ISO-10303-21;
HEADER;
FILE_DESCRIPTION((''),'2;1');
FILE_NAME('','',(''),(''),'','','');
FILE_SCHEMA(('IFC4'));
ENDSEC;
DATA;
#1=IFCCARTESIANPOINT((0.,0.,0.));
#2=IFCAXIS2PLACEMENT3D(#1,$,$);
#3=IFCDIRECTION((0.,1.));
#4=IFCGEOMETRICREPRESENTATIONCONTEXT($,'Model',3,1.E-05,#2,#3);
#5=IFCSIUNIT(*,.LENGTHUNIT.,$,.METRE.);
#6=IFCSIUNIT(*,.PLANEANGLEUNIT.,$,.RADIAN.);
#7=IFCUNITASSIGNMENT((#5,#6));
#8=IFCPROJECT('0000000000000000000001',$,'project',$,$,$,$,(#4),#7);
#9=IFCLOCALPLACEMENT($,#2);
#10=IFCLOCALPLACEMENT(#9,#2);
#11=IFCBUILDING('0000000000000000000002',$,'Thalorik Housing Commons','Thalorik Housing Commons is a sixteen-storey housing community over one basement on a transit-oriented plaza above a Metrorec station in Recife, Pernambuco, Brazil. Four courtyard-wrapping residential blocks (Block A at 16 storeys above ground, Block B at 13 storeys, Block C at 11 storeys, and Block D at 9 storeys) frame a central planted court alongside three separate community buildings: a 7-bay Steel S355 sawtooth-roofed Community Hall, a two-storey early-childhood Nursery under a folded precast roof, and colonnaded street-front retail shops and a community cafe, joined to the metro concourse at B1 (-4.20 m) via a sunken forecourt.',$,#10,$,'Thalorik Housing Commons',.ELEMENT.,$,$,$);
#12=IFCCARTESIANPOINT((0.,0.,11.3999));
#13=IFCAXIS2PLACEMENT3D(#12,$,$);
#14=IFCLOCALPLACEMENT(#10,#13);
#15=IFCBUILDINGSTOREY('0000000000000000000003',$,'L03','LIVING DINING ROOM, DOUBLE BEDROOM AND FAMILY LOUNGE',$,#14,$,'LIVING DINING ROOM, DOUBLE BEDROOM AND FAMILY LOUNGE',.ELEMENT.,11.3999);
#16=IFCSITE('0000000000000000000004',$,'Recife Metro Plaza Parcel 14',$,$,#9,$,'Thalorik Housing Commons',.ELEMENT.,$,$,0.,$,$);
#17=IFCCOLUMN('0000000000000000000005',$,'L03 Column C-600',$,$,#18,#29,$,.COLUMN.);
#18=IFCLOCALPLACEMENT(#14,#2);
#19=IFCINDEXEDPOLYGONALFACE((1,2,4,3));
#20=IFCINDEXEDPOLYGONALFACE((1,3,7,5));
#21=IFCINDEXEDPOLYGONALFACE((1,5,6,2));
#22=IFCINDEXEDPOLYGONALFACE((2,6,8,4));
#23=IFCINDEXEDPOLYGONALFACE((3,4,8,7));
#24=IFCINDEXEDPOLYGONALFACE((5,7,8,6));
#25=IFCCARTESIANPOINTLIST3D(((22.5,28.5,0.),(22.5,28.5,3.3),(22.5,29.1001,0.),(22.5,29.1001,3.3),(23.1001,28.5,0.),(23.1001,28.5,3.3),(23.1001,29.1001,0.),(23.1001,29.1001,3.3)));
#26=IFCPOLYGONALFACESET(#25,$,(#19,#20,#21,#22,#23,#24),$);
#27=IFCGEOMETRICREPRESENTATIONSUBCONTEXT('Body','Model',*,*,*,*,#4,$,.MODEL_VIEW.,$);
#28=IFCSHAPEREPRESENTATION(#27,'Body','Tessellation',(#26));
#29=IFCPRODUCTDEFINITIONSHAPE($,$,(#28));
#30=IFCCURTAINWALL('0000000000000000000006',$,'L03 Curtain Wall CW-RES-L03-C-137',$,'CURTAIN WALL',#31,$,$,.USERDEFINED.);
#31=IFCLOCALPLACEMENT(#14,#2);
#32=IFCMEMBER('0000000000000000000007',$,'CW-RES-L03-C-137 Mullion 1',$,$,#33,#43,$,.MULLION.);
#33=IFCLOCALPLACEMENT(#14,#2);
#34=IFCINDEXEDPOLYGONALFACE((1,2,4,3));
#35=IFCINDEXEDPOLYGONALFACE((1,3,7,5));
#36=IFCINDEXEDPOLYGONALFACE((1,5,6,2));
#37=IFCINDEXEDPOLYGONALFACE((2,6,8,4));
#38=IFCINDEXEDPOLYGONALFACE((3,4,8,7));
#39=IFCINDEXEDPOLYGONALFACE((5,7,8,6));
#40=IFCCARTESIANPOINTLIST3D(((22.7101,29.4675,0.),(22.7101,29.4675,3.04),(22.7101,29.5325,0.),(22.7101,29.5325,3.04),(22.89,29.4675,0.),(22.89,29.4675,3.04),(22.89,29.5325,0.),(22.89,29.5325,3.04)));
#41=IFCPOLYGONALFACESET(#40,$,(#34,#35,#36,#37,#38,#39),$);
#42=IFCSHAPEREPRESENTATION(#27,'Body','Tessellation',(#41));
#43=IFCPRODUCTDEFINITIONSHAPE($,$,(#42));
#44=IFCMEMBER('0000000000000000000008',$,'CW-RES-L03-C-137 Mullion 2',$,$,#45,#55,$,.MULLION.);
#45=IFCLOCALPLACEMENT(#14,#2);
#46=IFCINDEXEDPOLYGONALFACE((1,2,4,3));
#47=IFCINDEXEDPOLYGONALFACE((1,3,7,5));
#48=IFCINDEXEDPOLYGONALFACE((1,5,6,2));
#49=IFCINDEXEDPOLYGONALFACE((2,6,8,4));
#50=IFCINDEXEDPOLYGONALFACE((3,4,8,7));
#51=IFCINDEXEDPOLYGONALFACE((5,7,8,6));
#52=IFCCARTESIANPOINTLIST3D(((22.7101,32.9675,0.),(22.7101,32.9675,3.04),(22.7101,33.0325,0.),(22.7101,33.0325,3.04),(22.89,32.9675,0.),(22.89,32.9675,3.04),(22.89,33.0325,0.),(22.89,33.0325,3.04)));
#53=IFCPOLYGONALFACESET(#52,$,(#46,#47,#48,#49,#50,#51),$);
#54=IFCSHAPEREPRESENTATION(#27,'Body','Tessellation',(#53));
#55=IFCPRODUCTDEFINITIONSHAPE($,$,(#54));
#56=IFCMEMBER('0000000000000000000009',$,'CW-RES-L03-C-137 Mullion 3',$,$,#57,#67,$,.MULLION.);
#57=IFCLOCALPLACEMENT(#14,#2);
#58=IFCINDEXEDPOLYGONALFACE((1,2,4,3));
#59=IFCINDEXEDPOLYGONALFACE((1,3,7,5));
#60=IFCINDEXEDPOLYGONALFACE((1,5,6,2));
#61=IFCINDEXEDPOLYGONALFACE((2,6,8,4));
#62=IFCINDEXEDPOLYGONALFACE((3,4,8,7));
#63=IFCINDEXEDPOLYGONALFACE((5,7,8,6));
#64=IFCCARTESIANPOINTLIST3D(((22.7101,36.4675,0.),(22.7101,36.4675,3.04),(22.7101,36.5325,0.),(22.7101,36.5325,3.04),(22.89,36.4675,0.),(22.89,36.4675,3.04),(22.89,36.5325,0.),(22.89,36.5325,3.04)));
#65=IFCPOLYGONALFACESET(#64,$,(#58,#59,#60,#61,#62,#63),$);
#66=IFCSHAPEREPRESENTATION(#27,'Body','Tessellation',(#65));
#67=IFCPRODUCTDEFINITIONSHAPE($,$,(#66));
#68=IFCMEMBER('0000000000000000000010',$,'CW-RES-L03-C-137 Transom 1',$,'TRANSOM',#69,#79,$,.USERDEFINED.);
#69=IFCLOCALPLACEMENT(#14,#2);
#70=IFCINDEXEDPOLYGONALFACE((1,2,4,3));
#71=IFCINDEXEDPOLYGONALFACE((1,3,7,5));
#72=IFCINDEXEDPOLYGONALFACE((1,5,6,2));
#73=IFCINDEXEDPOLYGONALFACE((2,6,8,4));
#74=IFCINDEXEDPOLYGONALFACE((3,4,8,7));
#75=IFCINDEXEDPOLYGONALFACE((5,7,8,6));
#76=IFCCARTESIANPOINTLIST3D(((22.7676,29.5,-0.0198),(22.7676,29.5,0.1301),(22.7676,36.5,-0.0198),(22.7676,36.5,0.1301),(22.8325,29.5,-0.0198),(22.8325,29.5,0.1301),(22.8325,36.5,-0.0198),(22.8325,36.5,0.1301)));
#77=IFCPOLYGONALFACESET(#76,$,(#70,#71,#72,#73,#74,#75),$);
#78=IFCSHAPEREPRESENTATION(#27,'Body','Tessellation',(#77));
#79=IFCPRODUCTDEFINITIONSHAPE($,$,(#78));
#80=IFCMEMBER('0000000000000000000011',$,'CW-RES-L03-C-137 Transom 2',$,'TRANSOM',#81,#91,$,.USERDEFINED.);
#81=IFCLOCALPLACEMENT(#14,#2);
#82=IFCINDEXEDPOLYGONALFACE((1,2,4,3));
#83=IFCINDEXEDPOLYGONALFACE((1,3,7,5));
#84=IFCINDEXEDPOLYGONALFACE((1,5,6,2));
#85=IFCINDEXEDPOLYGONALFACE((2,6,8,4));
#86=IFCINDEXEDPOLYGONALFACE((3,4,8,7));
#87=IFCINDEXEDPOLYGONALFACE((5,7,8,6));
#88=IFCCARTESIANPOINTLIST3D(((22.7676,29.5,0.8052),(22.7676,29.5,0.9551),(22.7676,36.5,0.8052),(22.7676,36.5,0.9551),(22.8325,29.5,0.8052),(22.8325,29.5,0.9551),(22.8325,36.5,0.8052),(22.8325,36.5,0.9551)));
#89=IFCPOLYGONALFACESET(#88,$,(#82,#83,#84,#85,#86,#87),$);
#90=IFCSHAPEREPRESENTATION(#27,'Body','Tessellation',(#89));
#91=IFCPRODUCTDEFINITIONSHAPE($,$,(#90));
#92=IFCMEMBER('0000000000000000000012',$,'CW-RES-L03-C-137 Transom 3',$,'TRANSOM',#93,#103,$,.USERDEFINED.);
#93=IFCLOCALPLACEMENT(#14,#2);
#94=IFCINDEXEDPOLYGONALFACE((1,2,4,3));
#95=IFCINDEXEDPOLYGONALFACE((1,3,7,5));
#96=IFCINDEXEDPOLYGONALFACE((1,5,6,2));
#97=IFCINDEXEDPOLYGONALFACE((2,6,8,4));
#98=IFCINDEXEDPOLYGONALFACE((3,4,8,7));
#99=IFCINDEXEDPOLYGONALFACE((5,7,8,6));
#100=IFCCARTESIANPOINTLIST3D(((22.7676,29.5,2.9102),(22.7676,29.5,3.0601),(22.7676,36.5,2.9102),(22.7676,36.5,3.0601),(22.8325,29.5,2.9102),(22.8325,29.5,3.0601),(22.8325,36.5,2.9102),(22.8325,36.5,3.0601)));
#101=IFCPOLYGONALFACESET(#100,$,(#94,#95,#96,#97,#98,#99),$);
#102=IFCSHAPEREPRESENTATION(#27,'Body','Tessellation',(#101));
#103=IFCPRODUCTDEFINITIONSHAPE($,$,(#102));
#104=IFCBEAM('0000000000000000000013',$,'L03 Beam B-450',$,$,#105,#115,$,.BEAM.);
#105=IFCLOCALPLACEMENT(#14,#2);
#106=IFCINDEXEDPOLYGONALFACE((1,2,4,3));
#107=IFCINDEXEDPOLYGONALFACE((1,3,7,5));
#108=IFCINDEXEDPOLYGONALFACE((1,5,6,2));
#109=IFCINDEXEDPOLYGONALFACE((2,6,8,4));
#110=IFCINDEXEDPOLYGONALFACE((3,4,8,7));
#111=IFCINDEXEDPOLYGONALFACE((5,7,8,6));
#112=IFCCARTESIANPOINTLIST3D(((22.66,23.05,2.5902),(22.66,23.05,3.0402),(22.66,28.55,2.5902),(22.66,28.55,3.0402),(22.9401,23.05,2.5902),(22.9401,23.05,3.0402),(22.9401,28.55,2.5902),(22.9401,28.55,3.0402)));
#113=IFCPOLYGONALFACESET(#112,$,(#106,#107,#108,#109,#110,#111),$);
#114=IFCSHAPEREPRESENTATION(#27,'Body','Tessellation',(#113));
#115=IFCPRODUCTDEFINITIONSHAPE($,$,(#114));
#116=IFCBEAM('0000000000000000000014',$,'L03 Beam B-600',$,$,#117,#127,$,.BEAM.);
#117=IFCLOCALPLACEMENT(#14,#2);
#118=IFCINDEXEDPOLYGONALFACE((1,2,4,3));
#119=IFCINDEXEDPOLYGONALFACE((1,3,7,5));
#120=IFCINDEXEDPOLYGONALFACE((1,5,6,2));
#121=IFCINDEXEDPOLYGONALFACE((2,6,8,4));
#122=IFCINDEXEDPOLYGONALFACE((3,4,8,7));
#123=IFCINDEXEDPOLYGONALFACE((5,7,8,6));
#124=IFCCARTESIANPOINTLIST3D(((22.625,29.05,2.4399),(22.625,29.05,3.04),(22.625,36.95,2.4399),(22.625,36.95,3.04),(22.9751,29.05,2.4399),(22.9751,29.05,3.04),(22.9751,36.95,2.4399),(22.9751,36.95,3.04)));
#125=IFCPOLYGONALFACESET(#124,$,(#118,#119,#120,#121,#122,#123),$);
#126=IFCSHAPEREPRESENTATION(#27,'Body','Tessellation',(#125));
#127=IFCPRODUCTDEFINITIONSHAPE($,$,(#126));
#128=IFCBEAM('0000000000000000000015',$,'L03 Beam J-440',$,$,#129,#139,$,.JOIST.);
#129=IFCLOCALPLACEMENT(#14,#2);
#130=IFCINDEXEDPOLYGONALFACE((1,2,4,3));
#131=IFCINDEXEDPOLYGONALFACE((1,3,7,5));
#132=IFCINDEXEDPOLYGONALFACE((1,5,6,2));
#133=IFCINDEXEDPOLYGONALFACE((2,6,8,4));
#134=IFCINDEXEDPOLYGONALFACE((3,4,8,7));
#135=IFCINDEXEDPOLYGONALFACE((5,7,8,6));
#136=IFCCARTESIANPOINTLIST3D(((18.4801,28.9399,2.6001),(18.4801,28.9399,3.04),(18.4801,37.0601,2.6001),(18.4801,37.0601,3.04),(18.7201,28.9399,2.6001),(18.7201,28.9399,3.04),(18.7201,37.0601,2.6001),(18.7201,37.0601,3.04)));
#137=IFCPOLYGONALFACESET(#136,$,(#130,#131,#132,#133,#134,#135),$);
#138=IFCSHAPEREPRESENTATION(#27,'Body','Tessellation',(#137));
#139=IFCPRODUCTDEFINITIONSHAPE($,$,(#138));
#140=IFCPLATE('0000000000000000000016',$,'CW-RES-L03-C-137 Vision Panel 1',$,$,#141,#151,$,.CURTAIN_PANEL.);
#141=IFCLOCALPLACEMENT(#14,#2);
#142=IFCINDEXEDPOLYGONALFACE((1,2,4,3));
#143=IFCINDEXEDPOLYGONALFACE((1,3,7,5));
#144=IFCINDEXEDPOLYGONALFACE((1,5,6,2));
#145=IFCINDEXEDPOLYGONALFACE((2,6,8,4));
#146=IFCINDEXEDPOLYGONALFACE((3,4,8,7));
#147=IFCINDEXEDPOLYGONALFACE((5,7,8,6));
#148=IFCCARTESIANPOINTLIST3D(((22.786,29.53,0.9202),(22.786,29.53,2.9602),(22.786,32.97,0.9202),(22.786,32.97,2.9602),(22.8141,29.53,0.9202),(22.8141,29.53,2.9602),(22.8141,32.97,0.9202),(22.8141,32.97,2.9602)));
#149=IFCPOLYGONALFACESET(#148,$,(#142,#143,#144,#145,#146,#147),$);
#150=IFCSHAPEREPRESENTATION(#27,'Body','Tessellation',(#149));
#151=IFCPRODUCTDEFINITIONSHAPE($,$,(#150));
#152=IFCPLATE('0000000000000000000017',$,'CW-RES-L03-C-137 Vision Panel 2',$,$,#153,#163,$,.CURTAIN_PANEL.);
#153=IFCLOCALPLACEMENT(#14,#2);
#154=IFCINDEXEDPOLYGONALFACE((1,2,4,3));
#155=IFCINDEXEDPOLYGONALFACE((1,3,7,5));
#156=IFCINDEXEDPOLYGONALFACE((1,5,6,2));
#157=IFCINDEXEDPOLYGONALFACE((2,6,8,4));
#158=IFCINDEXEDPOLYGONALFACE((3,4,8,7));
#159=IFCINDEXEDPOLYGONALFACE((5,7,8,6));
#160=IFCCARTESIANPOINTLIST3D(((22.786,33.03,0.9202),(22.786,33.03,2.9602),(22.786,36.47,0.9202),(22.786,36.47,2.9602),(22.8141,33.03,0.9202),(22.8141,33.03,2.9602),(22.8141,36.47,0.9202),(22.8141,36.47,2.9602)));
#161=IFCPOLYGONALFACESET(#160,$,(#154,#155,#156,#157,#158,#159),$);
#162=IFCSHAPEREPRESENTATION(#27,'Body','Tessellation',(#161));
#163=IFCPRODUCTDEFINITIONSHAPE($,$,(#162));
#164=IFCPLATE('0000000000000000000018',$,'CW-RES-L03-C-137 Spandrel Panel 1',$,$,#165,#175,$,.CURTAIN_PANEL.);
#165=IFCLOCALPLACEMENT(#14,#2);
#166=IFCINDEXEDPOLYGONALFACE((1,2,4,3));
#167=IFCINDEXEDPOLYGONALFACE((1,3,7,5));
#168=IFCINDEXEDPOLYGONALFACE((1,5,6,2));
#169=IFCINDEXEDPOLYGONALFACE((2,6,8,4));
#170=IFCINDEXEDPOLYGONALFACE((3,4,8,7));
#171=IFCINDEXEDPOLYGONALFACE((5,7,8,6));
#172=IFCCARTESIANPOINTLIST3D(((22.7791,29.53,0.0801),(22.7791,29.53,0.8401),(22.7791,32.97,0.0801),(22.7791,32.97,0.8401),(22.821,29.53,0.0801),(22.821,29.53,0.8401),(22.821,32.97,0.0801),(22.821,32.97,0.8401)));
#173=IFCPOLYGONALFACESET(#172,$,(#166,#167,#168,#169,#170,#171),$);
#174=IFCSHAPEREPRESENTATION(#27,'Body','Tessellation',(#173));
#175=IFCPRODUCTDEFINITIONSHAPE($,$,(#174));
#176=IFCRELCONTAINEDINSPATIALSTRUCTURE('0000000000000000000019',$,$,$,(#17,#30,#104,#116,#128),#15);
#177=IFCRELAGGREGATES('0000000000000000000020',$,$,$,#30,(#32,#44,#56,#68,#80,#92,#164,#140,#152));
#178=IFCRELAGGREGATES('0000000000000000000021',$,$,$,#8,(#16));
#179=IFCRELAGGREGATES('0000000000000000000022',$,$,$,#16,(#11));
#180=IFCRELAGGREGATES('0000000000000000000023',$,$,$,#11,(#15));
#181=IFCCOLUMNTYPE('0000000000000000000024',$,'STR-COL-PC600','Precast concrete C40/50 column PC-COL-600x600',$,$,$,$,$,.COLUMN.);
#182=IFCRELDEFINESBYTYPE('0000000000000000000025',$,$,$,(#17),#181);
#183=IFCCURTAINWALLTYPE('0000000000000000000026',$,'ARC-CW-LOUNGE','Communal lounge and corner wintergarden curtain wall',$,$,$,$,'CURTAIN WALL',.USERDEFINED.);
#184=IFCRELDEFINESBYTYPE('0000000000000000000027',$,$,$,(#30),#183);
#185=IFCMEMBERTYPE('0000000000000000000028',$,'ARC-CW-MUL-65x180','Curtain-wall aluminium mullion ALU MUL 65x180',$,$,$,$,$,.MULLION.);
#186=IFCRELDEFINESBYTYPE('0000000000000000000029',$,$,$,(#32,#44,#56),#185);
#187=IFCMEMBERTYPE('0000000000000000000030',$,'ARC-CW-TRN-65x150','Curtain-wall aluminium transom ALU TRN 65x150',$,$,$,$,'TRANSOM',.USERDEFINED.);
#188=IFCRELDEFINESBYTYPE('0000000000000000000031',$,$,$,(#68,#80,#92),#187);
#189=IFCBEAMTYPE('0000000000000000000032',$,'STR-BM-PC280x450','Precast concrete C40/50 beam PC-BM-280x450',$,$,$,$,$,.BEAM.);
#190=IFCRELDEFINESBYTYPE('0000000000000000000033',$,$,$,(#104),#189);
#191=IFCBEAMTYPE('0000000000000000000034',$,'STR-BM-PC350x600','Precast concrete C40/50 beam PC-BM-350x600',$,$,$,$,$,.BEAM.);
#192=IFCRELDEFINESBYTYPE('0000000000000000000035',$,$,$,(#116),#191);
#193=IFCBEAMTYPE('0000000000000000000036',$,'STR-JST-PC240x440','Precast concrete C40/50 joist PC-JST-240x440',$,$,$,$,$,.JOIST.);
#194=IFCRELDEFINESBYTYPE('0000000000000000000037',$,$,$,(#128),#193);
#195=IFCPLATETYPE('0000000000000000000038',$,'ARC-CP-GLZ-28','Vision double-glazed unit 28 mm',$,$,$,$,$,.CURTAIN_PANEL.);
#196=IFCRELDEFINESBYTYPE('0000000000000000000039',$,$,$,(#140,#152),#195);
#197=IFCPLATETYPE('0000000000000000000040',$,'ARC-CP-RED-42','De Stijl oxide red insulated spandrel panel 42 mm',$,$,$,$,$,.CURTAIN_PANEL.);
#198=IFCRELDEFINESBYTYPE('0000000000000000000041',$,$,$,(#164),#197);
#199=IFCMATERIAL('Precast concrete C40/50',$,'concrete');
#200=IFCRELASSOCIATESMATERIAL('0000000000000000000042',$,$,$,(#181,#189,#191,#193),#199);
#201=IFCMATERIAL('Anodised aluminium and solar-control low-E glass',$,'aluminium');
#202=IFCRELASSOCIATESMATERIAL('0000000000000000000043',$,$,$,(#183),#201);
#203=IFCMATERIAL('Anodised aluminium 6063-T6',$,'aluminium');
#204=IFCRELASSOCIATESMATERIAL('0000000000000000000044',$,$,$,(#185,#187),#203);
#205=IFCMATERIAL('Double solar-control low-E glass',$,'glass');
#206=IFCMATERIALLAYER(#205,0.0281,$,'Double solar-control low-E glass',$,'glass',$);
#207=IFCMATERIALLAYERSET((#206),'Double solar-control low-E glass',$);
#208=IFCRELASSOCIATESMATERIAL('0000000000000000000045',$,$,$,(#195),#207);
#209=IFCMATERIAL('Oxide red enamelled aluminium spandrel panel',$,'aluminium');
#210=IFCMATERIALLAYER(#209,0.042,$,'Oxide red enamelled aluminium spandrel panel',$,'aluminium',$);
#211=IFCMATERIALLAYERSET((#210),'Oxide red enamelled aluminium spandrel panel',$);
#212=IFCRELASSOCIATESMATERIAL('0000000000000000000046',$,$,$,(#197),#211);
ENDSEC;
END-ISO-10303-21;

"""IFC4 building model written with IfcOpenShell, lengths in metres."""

from ifc_helpers import new_model, si_unit, direction, frame, origin, origin_2d, place, context, subcontext, project, spatial, rectangle, extrude, material, layer, layer_set, material_profile, profile_set, type_object, element, aggregate, save


model = new_model("IFC4")

# Units and contexts
model_context = context("Model", 3, precision=1e-05, world=origin(), true_north=direction((0.0, 1.0)))
body_context = subcontext(model_context, "Body", "Model", "MODEL_VIEW")
ifc_project = project(units=[si_unit("LENGTHUNIT", "METRE"), si_unit("PLANEANGLEUNIT", "RADIAN")], contexts=[model_context])

# Site, building, storey
site_placement = place(None, origin())
site = spatial("IfcSite", under=ifc_project, at=site_placement, Name="Recife Metro Plaza Parcel 14", LongName="Thalorik Housing Commons", CompositionType="ELEMENT", RefElevation=0.0)
building_placement = place(site_placement, origin())
building = spatial("IfcBuilding", under=site, at=building_placement, Name="Thalorik Housing Commons", Description="Thalorik Housing Commons is a sixteen-storey housing community over one basement on a transit-oriented plaza above a Metrorec station in Recife, Pernambuco, Brazil. Four courtyard-wrapping residential blocks (Block A at 16 storeys above ground, Block B at 13 storeys, Block C at 11 storeys, and Block D at 9 storeys) frame a central planted court alongside three separate community buildings: a 7-bay Steel S355 sawtooth-roofed Community Hall, a two-storey early-childhood Nursery under a folded precast roof, and colonnaded street-front retail shops and a community cafe, joined to the metro concourse at B1 (-4.20 m) via a sunken forecourt.", LongName="Thalorik Housing Commons", CompositionType="ELEMENT")
storey_placement = place(building_placement, frame((0.0, 0.0, 11.3999)))
storey = spatial("IfcBuildingStorey", under=building, at=storey_placement, Name="L03", Description="LIVING DINING ROOM, DOUBLE BEDROOM AND FAMILY LOUNGE", LongName="LIVING DINING ROOM, DOUBLE BEDROOM AND FAMILY LOUNGE", CompositionType="ELEMENT", Elevation=11.3999)

# Column
ifc_material_1 = material(Name="Precast concrete C40/50", Category="concrete")
ifc_material_profile_1 = material_profile(ifc_material_1, rectangle(XDim=0.6001, YDim=0.6001, at=origin_2d()), Name="PC 600x600", Category="concrete")
ifc_profile_set_1 = profile_set([ifc_material_profile_1], Name="Precast concrete C40/50")
column_type = type_object("IfcColumnType", Name="STR-COL-PC600", Description="Precast concrete C40/50 column PC-COL-600x600", PredefinedType="COLUMN", material=ifc_profile_set_1)
column_placement = place(storey_placement, frame((22.8, 28.8, 0.0), z_axis=(0.0, 0.0, 1.0), x_axis=(1.0, 0.0, 0.0)))
element("IfcColumn", 1, at=column_placement, inside=storey, type_object=column_type, Name="L03 Column C-600", PredefinedType="COLUMN", context=body_context, shape_type="SweptSolid", body=[
    extrude(rectangle(XDim=0.6001, YDim=0.6001, at=origin_2d()), origin(), (0.0, 0.0, 1.0), 3.3),
])

# Curtain wall, members
ifc_material_2 = material(Name="Anodised aluminium and solar-control low-E glass", Category="aluminium")
curtain_wall_type = type_object("IfcCurtainWallType", Name="ARC-CW-LOUNGE", Description="Communal lounge and corner wintergarden curtain wall", ElementType="CURTAIN WALL", PredefinedType="USERDEFINED", material=ifc_material_2)
curtain_wall_placement = place(storey_placement, origin())
curtain_wall = element("IfcCurtainWall", 2, at=curtain_wall_placement, inside=storey, type_object=curtain_wall_type, Name="L03 Curtain Wall CW-RES-L03-C-137", ObjectType="CURTAIN WALL", PredefinedType="USERDEFINED")
ifc_material_3 = material(Name="Anodised aluminium 6063-T6", Category="aluminium")
ifc_material_profile_2 = material_profile(ifc_material_3, rectangle(XDim=0.0649, YDim=0.1799, at=origin_2d()), Name="ALU MUL 65x180", Category="aluminium")
ifc_profile_set_2 = profile_set([ifc_material_profile_2], Name="Anodised aluminium 6063-T6")
member_type_1 = type_object("IfcMemberType", Name="ARC-CW-MUL-65x180", Description="Curtain-wall aluminium mullion ALU MUL 65x180", PredefinedType="MULLION", material=ifc_profile_set_2)
member_1_placement = place(storey_placement, frame((22.8, 29.5, 0.0), z_axis=(0.0, 0.0, 1.0), x_axis=(0.0, 1.0, 0.0)))
member_1 = element("IfcMember", 3, at=member_1_placement, type_object=member_type_1, Name="CW-RES-L03-C-137 Mullion 1", PredefinedType="MULLION", context=body_context, shape_type="SweptSolid", body=[
    extrude(rectangle(XDim=0.0649, YDim=0.1799, at=origin_2d()), origin(), (0.0, 0.0, 1.0), 3.04),
])
member_2_placement = place(storey_placement, frame((22.8, 33.0, 0.0), z_axis=(0.0, 0.0, 1.0), x_axis=(0.0, 1.0, 0.0)))
member_2 = element("IfcMember", 4, at=member_2_placement, type_object=member_type_1, Name="CW-RES-L03-C-137 Mullion 2", PredefinedType="MULLION", context=body_context, shape_type="SweptSolid", body=[
    extrude(rectangle(XDim=0.0649, YDim=0.1799, at=origin_2d()), origin(), (0.0, 0.0, 1.0), 3.04),
])
member_3_placement = place(storey_placement, frame((22.8, 36.5, 0.0), z_axis=(0.0, 0.0, 1.0), x_axis=(0.0, 1.0, 0.0)))
member_3 = element("IfcMember", 5, at=member_3_placement, type_object=member_type_1, Name="CW-RES-L03-C-137 Mullion 3", PredefinedType="MULLION", context=body_context, shape_type="SweptSolid", body=[
    extrude(rectangle(XDim=0.0649, YDim=0.1799, at=origin_2d()), origin(), (0.0, 0.0, 1.0), 3.04),
])
ifc_material_profile_3 = material_profile(ifc_material_3, rectangle(XDim=0.0649, YDim=0.1499, at=origin_2d()), Name="ALU TRN 65x150", Category="aluminium")
ifc_profile_set_3 = profile_set([ifc_material_profile_3], Name="Anodised aluminium 6063-T6")
member_type_2 = type_object("IfcMemberType", Name="ARC-CW-TRN-65x150", Description="Curtain-wall aluminium transom ALU TRN 65x150", ElementType="TRANSOM", PredefinedType="USERDEFINED", material=ifc_profile_set_3)
member_4_placement = place(storey_placement, frame((22.8, 29.5, 0.0552), z_axis=(0.0, 1.0, 0.0), x_axis=(-1.0, 0.0, 0.0)))
member_4 = element("IfcMember", 6, at=member_4_placement, type_object=member_type_2, Name="CW-RES-L03-C-137 Transom 1", ObjectType="TRANSOM", PredefinedType="USERDEFINED", context=body_context, shape_type="SweptSolid", body=[
    extrude(rectangle(XDim=0.0649, YDim=0.1499, at=origin_2d()), origin(), (0.0, 0.0, 1.0), 7.0),
])
member_5_placement = place(storey_placement, frame((22.8, 29.5, 0.8801), z_axis=(0.0, 1.0, 0.0), x_axis=(-1.0, 0.0, 0.0)))
member_5 = element("IfcMember", 7, at=member_5_placement, type_object=member_type_2, Name="CW-RES-L03-C-137 Transom 2", ObjectType="TRANSOM", PredefinedType="USERDEFINED", context=body_context, shape_type="SweptSolid", body=[
    extrude(rectangle(XDim=0.0649, YDim=0.1499, at=origin_2d()), origin(), (0.0, 0.0, 1.0), 7.0),
])
member_6_placement = place(storey_placement, frame((22.8, 29.5, 2.9851), z_axis=(0.0, 1.0, 0.0), x_axis=(-1.0, 0.0, 0.0)))
member_6 = element("IfcMember", 8, at=member_6_placement, type_object=member_type_2, Name="CW-RES-L03-C-137 Transom 3", ObjectType="TRANSOM", PredefinedType="USERDEFINED", context=body_context, shape_type="SweptSolid", body=[
    extrude(rectangle(XDim=0.0649, YDim=0.1499, at=origin_2d()), origin(), (0.0, 0.0, 1.0), 7.0),
])

# Beams
ifc_material_profile_4 = material_profile(ifc_material_1, rectangle(XDim=0.28, YDim=0.45, at=origin_2d()), Name="PC 280x450", Category="concrete")
ifc_profile_set_4 = profile_set([ifc_material_profile_4], Name="Precast concrete C40/50")
beam_type_1 = type_object("IfcBeamType", Name="STR-BM-PC280x450", Description="Precast concrete C40/50 beam PC-BM-280x450", PredefinedType="BEAM", material=ifc_profile_set_4)
beam_1_placement = place(storey_placement, frame((22.8, 23.05, 2.8152), z_axis=(0.0, 1.0, 0.0), x_axis=(-1.0, 0.0, 0.0)))
element("IfcBeam", 9, at=beam_1_placement, inside=storey, type_object=beam_type_1, Name="L03 Beam B-450", PredefinedType="BEAM", context=body_context, shape_type="SweptSolid", body=[
    extrude(rectangle(XDim=0.28, YDim=0.45, at=origin_2d()), origin(), (0.0, 0.0, 1.0), 5.5),
])
ifc_material_profile_5 = material_profile(ifc_material_1, rectangle(XDim=0.3501, YDim=0.6001, at=origin_2d()), Name="PC 350x600", Category="concrete")
ifc_profile_set_5 = profile_set([ifc_material_profile_5], Name="Precast concrete C40/50")
beam_type_2 = type_object("IfcBeamType", Name="STR-BM-PC350x600", Description="Precast concrete C40/50 beam PC-BM-350x600", PredefinedType="BEAM", material=ifc_profile_set_5)
beam_2_placement = place(storey_placement, frame((22.8, 29.05, 2.74), z_axis=(0.0, 1.0, 0.0), x_axis=(-1.0, 0.0, 0.0)))
element("IfcBeam", 10, at=beam_2_placement, inside=storey, type_object=beam_type_2, Name="L03 Beam B-600", PredefinedType="BEAM", context=body_context, shape_type="SweptSolid", body=[
    extrude(rectangle(XDim=0.3501, YDim=0.6001, at=origin_2d()), origin(), (0.0, 0.0, 1.0), 7.8999),
])
ifc_material_profile_6 = material_profile(ifc_material_1, rectangle(XDim=0.24, YDim=0.4399, at=origin_2d()), Name="PC JST 240x440", Category="concrete")
ifc_profile_set_6 = profile_set([ifc_material_profile_6], Name="Precast concrete C40/50")
beam_type_3 = type_object("IfcBeamType", Name="STR-JST-PC240x440", Description="Precast concrete C40/50 joist PC-JST-240x440", PredefinedType="JOIST", material=ifc_profile_set_6)
beam_3_placement = place(storey_placement, frame((18.6001, 28.9399, 2.8201), z_axis=(0.0, 1.0, 0.0), x_axis=(-1.0, 0.0, 0.0)))
element("IfcBeam", 11, at=beam_3_placement, inside=storey, type_object=beam_type_3, Name="L03 Beam J-440", PredefinedType="JOIST", context=body_context, shape_type="SweptSolid", body=[
    extrude(rectangle(XDim=0.24, YDim=0.4399, at=origin_2d()), origin(), (0.0, 0.0, 1.0), 8.1201),
])

# Plates
ifc_material_4 = material(Name="Double solar-control low-E glass", Category="glass")
ifc_layer_1 = layer(ifc_material_4, 0.0281, Name="Double solar-control low-E glass", Category="glass")
ifc_layer_set_1 = layer_set([ifc_layer_1], Name="Double solar-control low-E glass")
plate_type_1 = type_object("IfcPlateType", Name="ARC-CP-GLZ-28", Description="Vision double-glazed unit 28 mm", PredefinedType="CURTAIN_PANEL", material=ifc_layer_set_1)
plate_1_placement = place(storey_placement, frame((22.8, 31.25, 0.9202), z_axis=(0.0, 0.0, 1.0), x_axis=(0.0, 1.0, 0.0)))
plate_1 = element("IfcPlate", 12, at=plate_1_placement, type_object=plate_type_1, Name="CW-RES-L03-C-137 Vision Panel 1", PredefinedType="CURTAIN_PANEL", context=body_context, shape_type="SweptSolid", body=[
    extrude(rectangle(XDim=3.4399, YDim=0.0281, at=origin_2d()), origin(), (0.0, 0.0, 1.0), 2.04),
])
plate_2_placement = place(storey_placement, frame((22.8, 34.75, 0.9202), z_axis=(0.0, 0.0, 1.0), x_axis=(0.0, 1.0, 0.0)))
plate_2 = element("IfcPlate", 13, at=plate_2_placement, type_object=plate_type_1, Name="CW-RES-L03-C-137 Vision Panel 2", PredefinedType="CURTAIN_PANEL", context=body_context, shape_type="SweptSolid", body=[
    extrude(rectangle(XDim=3.4399, YDim=0.0281, at=origin_2d()), origin(), (0.0, 0.0, 1.0), 2.04),
])
ifc_material_5 = material(Name="Oxide red enamelled aluminium spandrel panel", Category="aluminium")
ifc_layer_2 = layer(ifc_material_5, 0.042, Name="Oxide red enamelled aluminium spandrel panel", Category="aluminium")
ifc_layer_set_2 = layer_set([ifc_layer_2], Name="Oxide red enamelled aluminium spandrel panel")
plate_type_2 = type_object("IfcPlateType", Name="ARC-CP-RED-42", Description="De Stijl oxide red insulated spandrel panel 42 mm", PredefinedType="CURTAIN_PANEL", material=ifc_layer_set_2)
plate_3_placement = place(storey_placement, frame((22.8, 31.25, 0.0801), z_axis=(0.0, 0.0, 1.0), x_axis=(0.0, 1.0, 0.0)))
plate_3 = element("IfcPlate", 14, at=plate_3_placement, type_object=plate_type_2, Name="CW-RES-L03-C-137 Spandrel Panel 1", PredefinedType="CURTAIN_PANEL", context=body_context, shape_type="SweptSolid", body=[
    extrude(rectangle(XDim=3.4399, YDim=0.042, at=origin_2d()), origin(), (0.0, 0.0, 1.0), 0.76),
])
aggregate(curtain_wall, [member_1, member_2, member_3, member_4, member_5, member_6, plate_3, plate_1, plate_2])

save(model, "model.ifc")
